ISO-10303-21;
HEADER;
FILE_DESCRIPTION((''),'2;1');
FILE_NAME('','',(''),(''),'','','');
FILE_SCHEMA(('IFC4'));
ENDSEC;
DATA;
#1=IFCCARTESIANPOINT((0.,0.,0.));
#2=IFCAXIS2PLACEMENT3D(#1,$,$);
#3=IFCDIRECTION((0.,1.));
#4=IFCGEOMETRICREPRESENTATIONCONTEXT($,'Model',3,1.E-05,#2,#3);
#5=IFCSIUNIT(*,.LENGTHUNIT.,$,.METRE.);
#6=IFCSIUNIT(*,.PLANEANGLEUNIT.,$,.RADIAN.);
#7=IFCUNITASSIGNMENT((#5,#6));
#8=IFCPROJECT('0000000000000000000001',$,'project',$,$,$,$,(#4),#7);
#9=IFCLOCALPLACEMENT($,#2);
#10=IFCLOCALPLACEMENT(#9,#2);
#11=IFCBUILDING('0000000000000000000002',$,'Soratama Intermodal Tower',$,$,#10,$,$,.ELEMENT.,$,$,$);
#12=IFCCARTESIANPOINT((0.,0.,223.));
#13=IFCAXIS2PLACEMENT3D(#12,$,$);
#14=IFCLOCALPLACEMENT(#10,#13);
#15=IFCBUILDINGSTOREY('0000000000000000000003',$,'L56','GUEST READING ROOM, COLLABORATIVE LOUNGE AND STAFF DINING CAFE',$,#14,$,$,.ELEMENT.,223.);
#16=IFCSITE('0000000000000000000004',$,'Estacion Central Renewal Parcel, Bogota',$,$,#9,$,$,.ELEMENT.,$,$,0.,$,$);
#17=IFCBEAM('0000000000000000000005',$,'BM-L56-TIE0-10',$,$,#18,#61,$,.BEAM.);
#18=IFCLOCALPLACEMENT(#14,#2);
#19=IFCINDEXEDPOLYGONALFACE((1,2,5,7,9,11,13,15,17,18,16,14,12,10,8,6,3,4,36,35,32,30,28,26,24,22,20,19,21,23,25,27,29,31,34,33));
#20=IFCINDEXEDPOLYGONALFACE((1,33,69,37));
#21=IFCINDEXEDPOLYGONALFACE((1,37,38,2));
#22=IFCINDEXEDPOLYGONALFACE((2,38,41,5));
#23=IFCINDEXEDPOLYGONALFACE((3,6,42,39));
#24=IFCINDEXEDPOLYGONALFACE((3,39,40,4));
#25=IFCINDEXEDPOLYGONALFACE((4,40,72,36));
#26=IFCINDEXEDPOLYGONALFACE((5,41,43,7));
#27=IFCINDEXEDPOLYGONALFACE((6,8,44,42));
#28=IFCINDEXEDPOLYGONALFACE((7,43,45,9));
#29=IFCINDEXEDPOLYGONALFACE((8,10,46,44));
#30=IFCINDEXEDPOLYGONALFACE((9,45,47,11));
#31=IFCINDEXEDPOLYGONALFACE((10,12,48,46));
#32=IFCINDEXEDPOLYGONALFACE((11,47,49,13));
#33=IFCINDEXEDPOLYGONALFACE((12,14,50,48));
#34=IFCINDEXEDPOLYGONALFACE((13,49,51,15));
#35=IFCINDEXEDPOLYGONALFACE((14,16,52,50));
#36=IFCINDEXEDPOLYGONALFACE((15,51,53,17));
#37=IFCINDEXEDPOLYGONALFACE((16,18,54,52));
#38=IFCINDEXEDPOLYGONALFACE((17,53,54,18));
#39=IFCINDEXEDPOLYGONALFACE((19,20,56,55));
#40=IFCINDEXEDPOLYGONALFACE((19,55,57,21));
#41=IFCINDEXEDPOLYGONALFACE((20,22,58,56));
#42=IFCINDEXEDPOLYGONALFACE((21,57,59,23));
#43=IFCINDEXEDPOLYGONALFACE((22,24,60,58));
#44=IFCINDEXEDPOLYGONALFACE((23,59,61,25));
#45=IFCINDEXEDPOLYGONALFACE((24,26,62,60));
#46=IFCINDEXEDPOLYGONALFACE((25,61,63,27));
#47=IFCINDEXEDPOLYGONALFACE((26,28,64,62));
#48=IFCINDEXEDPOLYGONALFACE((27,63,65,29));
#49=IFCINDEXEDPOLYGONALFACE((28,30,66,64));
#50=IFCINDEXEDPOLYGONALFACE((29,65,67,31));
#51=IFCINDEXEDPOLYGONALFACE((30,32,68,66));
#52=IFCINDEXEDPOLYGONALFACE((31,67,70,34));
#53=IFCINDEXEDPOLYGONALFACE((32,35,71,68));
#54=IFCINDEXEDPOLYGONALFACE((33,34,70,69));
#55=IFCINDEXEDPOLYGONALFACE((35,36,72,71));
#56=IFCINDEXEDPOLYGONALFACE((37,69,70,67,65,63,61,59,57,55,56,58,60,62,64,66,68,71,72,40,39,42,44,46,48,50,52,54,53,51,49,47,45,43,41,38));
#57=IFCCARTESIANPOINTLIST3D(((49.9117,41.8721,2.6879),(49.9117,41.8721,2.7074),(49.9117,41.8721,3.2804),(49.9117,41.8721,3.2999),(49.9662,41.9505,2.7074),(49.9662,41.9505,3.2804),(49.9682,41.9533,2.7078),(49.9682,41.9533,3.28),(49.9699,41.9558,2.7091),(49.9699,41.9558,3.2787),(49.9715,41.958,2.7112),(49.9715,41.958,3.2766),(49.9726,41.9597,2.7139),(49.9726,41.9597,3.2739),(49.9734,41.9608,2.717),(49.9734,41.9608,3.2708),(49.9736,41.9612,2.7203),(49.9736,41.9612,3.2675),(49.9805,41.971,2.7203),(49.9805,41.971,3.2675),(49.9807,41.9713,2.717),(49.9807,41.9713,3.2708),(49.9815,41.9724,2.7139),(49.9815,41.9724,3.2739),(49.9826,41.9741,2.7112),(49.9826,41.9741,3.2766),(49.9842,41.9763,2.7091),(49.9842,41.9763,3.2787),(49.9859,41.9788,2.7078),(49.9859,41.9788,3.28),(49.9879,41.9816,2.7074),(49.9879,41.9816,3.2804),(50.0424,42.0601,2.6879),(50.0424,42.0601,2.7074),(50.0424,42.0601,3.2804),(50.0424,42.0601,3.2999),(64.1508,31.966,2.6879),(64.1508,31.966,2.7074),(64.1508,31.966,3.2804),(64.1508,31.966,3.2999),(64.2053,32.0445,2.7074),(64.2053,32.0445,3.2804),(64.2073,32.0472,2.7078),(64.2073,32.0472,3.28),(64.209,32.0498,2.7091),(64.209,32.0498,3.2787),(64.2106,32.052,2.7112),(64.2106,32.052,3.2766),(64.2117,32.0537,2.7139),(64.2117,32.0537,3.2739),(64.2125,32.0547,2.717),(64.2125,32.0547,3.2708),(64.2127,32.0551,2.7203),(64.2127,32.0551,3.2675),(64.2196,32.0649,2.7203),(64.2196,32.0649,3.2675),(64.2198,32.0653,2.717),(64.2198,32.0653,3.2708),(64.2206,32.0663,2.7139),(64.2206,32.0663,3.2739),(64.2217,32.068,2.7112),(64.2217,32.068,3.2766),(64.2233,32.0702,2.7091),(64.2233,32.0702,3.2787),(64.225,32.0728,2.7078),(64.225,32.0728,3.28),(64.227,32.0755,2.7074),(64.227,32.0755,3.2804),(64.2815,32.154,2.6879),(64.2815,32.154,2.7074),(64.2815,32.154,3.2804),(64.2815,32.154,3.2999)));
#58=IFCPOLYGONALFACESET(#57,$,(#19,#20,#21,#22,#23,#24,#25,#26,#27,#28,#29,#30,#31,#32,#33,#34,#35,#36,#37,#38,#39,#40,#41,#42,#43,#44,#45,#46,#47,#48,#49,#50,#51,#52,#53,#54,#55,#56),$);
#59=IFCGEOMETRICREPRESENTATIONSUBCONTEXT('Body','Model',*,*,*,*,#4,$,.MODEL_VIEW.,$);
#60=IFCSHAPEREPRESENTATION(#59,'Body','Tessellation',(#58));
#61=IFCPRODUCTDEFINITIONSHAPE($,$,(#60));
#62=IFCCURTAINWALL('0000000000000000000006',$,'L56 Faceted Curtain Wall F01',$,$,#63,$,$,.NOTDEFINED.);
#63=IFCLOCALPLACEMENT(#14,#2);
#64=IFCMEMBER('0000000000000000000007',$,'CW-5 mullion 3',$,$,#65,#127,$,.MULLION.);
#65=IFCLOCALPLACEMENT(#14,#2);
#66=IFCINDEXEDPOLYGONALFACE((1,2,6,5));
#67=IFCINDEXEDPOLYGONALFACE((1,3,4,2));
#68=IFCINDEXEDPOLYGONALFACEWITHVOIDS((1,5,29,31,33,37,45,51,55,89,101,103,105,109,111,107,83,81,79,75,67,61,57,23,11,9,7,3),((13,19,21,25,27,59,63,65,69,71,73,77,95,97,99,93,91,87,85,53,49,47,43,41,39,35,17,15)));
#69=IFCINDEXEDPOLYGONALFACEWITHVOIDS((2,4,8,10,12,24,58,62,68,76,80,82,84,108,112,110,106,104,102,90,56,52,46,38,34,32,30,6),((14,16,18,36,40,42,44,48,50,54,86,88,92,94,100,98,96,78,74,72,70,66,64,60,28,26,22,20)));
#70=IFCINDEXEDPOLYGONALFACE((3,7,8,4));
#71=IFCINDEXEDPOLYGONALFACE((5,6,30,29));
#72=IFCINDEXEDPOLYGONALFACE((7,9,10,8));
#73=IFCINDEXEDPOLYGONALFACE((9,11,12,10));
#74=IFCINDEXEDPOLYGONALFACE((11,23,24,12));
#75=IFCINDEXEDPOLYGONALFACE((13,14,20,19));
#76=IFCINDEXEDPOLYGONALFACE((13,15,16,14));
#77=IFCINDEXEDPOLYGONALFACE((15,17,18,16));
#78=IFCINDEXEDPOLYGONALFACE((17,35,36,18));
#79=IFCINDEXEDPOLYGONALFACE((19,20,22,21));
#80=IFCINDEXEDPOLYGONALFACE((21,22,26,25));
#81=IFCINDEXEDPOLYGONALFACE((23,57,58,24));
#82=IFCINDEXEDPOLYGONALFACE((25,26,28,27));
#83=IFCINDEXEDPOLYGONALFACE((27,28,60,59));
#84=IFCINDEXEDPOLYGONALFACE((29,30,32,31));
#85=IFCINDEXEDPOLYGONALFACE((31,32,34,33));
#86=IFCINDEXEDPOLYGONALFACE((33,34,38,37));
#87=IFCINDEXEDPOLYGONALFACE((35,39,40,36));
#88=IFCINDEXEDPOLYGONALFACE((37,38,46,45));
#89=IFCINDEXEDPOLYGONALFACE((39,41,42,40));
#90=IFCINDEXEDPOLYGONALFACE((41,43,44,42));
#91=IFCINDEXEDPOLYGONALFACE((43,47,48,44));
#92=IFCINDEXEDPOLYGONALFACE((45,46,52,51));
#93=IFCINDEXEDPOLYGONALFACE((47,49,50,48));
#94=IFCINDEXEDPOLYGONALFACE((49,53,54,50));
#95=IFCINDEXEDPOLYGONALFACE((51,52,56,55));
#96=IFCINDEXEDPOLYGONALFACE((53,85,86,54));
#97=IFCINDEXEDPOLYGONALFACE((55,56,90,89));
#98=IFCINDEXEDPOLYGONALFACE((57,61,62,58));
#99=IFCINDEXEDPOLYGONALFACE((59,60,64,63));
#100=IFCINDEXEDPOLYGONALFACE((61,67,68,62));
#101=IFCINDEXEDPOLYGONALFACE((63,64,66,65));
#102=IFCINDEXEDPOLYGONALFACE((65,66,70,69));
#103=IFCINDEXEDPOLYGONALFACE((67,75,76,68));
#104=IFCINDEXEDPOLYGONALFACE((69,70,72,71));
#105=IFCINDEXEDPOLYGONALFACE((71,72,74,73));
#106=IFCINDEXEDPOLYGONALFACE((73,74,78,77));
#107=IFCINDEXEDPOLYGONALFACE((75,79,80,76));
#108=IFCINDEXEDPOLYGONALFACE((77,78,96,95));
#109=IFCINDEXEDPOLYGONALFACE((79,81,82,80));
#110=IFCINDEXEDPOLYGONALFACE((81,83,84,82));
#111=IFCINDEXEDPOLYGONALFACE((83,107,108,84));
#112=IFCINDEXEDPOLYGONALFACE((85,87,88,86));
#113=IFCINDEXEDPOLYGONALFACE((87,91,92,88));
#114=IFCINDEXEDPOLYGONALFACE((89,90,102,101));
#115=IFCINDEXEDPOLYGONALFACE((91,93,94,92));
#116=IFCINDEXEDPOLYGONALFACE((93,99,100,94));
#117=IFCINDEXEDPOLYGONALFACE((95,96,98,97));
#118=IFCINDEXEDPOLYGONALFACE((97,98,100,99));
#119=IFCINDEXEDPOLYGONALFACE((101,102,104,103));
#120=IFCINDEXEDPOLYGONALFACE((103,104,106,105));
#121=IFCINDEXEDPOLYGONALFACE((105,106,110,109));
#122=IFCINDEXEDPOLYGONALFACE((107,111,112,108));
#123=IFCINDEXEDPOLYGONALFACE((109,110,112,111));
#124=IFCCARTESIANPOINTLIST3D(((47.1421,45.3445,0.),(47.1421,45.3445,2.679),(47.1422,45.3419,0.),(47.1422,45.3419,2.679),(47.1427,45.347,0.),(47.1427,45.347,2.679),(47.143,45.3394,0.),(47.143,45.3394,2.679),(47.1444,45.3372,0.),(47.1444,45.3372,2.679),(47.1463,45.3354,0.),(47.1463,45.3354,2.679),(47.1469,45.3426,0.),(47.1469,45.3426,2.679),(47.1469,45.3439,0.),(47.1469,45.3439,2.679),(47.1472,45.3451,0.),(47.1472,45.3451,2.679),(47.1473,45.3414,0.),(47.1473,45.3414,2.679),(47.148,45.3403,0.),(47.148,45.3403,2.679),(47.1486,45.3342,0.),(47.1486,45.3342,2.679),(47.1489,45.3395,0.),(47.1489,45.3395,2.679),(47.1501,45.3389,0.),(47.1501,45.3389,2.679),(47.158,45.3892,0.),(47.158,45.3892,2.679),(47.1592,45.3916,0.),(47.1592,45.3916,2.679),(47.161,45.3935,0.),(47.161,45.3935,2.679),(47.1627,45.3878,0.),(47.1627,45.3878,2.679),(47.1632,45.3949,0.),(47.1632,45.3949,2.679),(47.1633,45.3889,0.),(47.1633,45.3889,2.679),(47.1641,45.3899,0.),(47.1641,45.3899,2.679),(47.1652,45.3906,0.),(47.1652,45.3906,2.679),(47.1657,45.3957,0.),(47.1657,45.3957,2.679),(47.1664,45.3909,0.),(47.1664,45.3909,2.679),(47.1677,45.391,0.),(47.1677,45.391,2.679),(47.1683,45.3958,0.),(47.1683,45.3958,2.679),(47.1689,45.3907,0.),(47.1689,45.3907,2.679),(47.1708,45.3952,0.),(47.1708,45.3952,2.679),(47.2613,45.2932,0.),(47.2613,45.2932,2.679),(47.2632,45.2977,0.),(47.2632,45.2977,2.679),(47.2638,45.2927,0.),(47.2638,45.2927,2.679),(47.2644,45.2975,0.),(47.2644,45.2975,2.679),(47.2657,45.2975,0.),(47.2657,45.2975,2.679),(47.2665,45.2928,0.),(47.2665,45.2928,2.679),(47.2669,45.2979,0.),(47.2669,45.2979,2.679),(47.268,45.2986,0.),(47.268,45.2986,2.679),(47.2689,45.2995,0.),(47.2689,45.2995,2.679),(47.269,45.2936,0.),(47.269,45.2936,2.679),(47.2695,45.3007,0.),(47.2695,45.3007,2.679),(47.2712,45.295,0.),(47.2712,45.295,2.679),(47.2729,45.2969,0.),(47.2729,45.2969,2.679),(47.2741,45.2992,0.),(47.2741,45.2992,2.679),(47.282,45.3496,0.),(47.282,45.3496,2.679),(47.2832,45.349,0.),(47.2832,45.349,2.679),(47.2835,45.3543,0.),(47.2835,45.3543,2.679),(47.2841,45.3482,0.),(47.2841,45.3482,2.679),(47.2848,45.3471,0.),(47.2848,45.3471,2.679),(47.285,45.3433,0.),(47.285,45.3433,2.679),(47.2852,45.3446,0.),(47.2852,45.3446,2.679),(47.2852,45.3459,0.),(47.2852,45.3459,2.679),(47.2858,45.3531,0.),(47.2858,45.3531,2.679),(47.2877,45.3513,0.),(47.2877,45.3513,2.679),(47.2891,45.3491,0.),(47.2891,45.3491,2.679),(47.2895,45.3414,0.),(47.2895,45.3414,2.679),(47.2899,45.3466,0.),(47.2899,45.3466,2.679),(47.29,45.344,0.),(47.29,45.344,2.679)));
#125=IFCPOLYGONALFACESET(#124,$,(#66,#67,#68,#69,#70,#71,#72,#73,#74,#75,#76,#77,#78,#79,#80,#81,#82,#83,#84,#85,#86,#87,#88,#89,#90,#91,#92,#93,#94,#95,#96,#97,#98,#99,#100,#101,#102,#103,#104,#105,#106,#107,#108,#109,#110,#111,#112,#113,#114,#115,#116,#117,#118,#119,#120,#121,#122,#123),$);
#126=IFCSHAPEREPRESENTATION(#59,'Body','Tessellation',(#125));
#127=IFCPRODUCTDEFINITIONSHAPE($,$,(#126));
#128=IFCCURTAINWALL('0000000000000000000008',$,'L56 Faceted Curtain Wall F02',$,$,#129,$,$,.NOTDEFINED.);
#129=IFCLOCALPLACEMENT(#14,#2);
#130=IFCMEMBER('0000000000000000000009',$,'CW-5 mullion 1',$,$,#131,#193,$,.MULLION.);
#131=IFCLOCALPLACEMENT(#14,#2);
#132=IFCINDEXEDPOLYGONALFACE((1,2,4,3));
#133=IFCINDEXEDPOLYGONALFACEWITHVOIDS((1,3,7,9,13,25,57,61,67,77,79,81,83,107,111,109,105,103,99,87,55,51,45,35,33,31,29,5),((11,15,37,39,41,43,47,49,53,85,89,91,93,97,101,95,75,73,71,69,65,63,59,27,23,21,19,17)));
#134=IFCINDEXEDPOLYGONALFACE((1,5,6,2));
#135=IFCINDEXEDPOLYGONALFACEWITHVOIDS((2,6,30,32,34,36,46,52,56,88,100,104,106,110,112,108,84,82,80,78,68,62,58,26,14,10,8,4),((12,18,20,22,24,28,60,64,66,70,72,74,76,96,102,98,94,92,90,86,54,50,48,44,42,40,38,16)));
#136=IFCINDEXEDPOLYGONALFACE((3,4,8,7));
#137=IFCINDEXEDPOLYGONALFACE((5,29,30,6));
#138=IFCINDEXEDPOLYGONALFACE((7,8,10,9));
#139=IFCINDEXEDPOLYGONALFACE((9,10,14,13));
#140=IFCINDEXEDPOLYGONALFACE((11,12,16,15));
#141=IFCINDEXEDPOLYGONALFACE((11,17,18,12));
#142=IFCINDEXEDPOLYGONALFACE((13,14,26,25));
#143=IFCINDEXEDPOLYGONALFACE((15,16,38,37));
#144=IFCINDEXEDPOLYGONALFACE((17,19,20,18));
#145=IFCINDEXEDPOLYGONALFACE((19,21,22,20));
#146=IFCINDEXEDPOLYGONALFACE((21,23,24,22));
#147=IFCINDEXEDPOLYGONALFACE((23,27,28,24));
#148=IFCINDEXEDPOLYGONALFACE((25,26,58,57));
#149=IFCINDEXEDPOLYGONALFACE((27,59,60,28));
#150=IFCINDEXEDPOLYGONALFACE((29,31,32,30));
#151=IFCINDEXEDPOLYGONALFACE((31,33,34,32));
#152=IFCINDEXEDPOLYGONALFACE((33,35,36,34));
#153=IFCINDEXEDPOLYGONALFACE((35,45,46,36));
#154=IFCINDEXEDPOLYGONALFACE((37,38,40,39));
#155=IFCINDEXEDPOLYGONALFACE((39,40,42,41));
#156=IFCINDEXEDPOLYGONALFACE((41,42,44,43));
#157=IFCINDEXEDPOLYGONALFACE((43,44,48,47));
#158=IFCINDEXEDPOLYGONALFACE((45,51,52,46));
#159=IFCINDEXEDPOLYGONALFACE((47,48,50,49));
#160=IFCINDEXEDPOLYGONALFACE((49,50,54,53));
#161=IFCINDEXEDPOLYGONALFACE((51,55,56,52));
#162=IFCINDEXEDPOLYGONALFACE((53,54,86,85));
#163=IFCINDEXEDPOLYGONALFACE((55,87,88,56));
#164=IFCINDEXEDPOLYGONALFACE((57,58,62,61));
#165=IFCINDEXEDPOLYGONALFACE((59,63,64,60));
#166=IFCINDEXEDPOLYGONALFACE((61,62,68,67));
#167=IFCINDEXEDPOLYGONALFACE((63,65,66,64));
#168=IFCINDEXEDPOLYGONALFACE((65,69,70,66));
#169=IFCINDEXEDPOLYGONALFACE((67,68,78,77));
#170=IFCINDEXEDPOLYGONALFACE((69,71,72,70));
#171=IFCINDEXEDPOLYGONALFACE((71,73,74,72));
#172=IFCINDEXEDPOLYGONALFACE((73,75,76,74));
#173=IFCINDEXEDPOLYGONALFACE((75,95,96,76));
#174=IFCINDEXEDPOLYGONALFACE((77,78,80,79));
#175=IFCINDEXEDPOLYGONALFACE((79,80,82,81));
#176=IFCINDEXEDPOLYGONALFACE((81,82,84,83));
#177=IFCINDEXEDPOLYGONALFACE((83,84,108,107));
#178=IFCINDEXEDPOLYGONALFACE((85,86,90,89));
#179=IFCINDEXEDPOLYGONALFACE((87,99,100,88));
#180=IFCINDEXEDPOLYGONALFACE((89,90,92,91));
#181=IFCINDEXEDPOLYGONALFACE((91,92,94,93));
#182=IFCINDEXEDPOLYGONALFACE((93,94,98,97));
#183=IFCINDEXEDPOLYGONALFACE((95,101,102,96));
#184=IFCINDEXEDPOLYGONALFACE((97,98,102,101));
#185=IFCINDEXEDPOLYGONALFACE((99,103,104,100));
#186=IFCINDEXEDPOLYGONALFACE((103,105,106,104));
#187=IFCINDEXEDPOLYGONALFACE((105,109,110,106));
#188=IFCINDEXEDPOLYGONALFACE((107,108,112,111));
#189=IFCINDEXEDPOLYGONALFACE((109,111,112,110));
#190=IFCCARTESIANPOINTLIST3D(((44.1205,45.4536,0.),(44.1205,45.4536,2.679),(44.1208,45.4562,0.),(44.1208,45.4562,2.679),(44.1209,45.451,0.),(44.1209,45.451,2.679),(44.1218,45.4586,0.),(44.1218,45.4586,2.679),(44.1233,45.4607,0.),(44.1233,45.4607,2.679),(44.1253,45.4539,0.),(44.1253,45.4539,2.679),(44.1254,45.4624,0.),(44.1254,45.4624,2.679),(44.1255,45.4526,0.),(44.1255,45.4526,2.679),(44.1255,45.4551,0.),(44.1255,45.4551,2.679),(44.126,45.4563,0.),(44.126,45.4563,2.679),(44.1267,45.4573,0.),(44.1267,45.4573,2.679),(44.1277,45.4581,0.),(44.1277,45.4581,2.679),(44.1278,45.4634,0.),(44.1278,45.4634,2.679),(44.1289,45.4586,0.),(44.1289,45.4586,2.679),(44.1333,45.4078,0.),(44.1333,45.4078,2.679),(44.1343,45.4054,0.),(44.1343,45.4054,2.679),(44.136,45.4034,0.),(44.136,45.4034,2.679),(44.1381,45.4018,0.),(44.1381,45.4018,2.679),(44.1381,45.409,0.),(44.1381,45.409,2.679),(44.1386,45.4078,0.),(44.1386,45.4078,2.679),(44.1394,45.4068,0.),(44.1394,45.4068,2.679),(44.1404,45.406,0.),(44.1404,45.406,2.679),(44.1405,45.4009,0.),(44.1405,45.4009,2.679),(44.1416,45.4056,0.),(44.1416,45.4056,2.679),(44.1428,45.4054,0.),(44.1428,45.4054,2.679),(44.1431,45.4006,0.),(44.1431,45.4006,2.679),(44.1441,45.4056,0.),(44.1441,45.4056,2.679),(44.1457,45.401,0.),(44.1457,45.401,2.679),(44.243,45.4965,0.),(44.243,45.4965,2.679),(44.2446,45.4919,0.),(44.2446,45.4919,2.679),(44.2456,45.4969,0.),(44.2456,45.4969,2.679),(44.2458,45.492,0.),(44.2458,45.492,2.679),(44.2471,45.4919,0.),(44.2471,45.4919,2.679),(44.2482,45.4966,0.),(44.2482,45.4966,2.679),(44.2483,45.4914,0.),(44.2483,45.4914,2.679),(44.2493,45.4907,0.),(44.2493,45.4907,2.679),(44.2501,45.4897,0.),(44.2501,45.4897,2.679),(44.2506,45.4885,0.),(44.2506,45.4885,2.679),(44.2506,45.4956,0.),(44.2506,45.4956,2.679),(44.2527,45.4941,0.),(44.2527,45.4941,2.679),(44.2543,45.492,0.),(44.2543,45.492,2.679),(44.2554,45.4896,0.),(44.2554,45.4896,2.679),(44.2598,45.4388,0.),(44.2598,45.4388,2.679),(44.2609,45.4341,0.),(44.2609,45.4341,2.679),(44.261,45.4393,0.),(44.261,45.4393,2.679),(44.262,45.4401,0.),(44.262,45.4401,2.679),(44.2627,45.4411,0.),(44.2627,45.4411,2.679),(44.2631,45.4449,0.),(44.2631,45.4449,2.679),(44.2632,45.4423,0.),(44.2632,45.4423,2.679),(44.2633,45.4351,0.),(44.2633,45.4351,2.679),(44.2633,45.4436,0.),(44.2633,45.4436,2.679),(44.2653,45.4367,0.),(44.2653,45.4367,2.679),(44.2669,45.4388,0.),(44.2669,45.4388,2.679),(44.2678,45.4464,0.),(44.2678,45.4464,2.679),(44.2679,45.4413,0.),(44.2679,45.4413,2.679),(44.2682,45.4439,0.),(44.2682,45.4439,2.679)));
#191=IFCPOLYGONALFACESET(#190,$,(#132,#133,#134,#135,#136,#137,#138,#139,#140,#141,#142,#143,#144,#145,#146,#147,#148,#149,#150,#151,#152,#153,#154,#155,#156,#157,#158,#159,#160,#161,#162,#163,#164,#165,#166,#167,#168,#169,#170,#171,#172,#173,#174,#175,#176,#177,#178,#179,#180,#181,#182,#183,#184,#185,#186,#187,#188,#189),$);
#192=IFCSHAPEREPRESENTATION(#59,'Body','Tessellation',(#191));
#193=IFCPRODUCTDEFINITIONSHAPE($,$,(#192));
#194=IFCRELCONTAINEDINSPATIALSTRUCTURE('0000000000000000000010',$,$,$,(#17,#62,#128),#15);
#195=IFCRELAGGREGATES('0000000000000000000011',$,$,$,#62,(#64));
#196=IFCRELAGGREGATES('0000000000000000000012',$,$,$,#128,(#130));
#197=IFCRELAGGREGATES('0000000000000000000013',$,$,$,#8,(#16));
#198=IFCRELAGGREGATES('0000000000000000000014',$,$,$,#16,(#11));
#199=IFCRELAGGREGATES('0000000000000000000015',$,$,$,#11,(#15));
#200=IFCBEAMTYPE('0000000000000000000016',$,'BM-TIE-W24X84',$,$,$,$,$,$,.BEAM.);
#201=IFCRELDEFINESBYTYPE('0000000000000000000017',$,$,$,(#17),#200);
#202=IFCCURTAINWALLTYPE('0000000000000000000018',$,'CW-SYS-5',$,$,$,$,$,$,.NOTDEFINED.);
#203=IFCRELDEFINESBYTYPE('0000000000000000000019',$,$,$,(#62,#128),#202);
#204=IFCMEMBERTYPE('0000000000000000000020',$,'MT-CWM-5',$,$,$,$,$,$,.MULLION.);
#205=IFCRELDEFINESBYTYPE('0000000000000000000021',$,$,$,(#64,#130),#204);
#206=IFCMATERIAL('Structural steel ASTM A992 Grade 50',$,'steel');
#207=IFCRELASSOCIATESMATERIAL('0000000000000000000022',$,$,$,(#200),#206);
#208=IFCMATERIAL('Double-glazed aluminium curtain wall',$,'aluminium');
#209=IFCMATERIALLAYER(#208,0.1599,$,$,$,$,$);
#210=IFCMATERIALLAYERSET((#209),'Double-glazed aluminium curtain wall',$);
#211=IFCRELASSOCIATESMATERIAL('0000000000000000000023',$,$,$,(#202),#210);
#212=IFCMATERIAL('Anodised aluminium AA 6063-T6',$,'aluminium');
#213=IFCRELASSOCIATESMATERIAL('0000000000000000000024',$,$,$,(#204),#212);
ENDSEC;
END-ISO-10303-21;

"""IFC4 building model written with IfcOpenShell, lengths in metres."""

from ifc_helpers import new_model, si_unit, direction, frame, origin, origin_2d, place, context, subcontext, project, spatial, hollow_rectangle, i_section, extrude, material, layer, layer_set, material_profile, profile_set, type_object, element, aggregate, save


model = new_model("IFC4")

# Units and contexts
model_context = context("Model", 3, precision=1e-05, world=origin(), true_north=direction((0.0, 1.0)))
body_context = subcontext(model_context, "Body", "Model", "MODEL_VIEW")
ifc_project = project(units=[si_unit("LENGTHUNIT", "METRE"), si_unit("PLANEANGLEUNIT", "RADIAN")], contexts=[model_context])

# Site, building, storey
site_placement = place(None, origin())
site = spatial("IfcSite", under=ifc_project, at=site_placement, Name="Estacion Central Renewal Parcel, Bogota", CompositionType="ELEMENT", RefElevation=0.0)
building_placement = place(site_placement, origin())
building = spatial("IfcBuilding", under=site, at=building_placement, Name="Soratama Intermodal Tower", CompositionType="ELEMENT")
storey_placement = place(building_placement, frame((0.0, 0.0, 223.0)))
storey = spatial("IfcBuildingStorey", under=building, at=storey_placement, Name="L56", Description="GUEST READING ROOM, COLLABORATIVE LOUNGE AND STAFF DINING CAFE", CompositionType="ELEMENT", Elevation=223.0)

# Beam
ifc_material_1 = material(Name="Structural steel ASTM A992 Grade 50", Category="steel")
ifc_material_profile_1 = material_profile(ifc_material_1, i_section(OverallWidth=0.229, OverallDepth=0.6121, WebThickness=0.012, FlangeThickness=0.0195, FilletRadius=0.0129, at=origin_2d()), Name="W24X84")
ifc_profile_set_1 = profile_set([ifc_material_profile_1], Name="Structural steel ASTM A992 Grade 50")
beam_type_1 = type_object("IfcBeamType", Name="BM-TIE-W24X84", PredefinedType="BEAM", material=ifc_profile_set_1)
beam_1_placement = place(storey_placement, frame((49.9771, 41.9661, 2.9939), z_axis=(0.820889, -0.571088, 0.0), x_axis=(0.571088, 0.820889, 0.0)))
element("IfcBeam", 1, at=beam_1_placement, inside=storey, type_object=beam_type_1, Name="BM-L56-TIE0-10", PredefinedType="BEAM", context=body_context, shape_type="SweptSolid", body=[
    extrude(i_section(OverallWidth=0.229, OverallDepth=0.6121, WebThickness=0.012, FlangeThickness=0.0195, FilletRadius=0.0129, at=origin_2d()), origin(), (0.0, 0.0, 1.0), 17.3459),
])

# Curtain wall, member
ifc_material_2 = material(Name="Double-glazed aluminium curtain wall", Category="aluminium")
ifc_layer_1 = layer(ifc_material_2, 0.1599)
ifc_layer_set_1 = layer_set([ifc_layer_1], Name="Double-glazed aluminium curtain wall")
curtain_wall_type = type_object("IfcCurtainWallType", Name="CW-SYS-5", PredefinedType="NOTDEFINED", material=ifc_layer_set_1)
curtain_wall_1_placement = place(storey_placement, origin())
curtain_wall_1 = element("IfcCurtainWall", 2, at=curtain_wall_1_placement, inside=storey, type_object=curtain_wall_type, Name="L56 Faceted Curtain Wall F01", PredefinedType="NOTDEFINED")
ifc_material_3 = material(Name="Anodised aluminium AA 6063-T6", Category="aluminium")
ifc_material_profile_2 = material_profile(ifc_material_3, hollow_rectangle(XDim=0.0649, YDim=0.1399, WallThickness=0.0049, InnerFilletRadius=0.0049, OuterFilletRadius=0.01, at=origin_2d()), Name="CWM140X65X5")
ifc_profile_set_2 = profile_set([ifc_material_profile_2], Name="Anodised aluminium AA 6063-T6")
member_type_1 = type_object("IfcMemberType", Name="MT-CWM-5", PredefinedType="MULLION", material=ifc_profile_set_2)
member_1_placement = place(storey_placement, frame((47.2161, 45.3442, 0.0), z_axis=(0.0, 0.0, 1.0), x_axis=(-0.341696, -0.939811, 0.0)))
member_1 = element("IfcMember", 3, at=member_1_placement, type_object=member_type_1, Name="CW-5 mullion 3", PredefinedType="MULLION", context=body_context, shape_type="SweptSolid", body=[
    extrude(hollow_rectangle(XDim=0.0649, YDim=0.1399, WallThickness=0.0049, InnerFilletRadius=0.0049, OuterFilletRadius=0.01, at=origin_2d()), origin(), (0.0, 0.0, 1.0), 2.679),
])

# Curtain wall, member
curtain_wall_2_placement = place(storey_placement, origin())
curtain_wall_2 = element("IfcCurtainWall", 4, at=curtain_wall_2_placement, inside=storey, type_object=curtain_wall_type, Name="L56 Faceted Curtain Wall F02", PredefinedType="NOTDEFINED")
member_2_placement = place(storey_placement, frame((44.1943, 45.4487, 0.0), z_axis=(0.0, 0.0, 1.0), x_axis=(0.275973, -0.961165, 0.0)))
member_2 = element("IfcMember", 5, at=member_2_placement, type_object=member_type_1, Name="CW-5 mullion 1", PredefinedType="MULLION", context=body_context, shape_type="SweptSolid", body=[
    extrude(hollow_rectangle(XDim=0.0649, YDim=0.1399, WallThickness=0.0049, InnerFilletRadius=0.0049, OuterFilletRadius=0.01, at=origin_2d()), origin(), (0.0, 0.0, 1.0), 2.679),
])

aggregate(curtain_wall_1, [member_1])
aggregate(curtain_wall_2, [member_2])

save(model, "model.ifc")
